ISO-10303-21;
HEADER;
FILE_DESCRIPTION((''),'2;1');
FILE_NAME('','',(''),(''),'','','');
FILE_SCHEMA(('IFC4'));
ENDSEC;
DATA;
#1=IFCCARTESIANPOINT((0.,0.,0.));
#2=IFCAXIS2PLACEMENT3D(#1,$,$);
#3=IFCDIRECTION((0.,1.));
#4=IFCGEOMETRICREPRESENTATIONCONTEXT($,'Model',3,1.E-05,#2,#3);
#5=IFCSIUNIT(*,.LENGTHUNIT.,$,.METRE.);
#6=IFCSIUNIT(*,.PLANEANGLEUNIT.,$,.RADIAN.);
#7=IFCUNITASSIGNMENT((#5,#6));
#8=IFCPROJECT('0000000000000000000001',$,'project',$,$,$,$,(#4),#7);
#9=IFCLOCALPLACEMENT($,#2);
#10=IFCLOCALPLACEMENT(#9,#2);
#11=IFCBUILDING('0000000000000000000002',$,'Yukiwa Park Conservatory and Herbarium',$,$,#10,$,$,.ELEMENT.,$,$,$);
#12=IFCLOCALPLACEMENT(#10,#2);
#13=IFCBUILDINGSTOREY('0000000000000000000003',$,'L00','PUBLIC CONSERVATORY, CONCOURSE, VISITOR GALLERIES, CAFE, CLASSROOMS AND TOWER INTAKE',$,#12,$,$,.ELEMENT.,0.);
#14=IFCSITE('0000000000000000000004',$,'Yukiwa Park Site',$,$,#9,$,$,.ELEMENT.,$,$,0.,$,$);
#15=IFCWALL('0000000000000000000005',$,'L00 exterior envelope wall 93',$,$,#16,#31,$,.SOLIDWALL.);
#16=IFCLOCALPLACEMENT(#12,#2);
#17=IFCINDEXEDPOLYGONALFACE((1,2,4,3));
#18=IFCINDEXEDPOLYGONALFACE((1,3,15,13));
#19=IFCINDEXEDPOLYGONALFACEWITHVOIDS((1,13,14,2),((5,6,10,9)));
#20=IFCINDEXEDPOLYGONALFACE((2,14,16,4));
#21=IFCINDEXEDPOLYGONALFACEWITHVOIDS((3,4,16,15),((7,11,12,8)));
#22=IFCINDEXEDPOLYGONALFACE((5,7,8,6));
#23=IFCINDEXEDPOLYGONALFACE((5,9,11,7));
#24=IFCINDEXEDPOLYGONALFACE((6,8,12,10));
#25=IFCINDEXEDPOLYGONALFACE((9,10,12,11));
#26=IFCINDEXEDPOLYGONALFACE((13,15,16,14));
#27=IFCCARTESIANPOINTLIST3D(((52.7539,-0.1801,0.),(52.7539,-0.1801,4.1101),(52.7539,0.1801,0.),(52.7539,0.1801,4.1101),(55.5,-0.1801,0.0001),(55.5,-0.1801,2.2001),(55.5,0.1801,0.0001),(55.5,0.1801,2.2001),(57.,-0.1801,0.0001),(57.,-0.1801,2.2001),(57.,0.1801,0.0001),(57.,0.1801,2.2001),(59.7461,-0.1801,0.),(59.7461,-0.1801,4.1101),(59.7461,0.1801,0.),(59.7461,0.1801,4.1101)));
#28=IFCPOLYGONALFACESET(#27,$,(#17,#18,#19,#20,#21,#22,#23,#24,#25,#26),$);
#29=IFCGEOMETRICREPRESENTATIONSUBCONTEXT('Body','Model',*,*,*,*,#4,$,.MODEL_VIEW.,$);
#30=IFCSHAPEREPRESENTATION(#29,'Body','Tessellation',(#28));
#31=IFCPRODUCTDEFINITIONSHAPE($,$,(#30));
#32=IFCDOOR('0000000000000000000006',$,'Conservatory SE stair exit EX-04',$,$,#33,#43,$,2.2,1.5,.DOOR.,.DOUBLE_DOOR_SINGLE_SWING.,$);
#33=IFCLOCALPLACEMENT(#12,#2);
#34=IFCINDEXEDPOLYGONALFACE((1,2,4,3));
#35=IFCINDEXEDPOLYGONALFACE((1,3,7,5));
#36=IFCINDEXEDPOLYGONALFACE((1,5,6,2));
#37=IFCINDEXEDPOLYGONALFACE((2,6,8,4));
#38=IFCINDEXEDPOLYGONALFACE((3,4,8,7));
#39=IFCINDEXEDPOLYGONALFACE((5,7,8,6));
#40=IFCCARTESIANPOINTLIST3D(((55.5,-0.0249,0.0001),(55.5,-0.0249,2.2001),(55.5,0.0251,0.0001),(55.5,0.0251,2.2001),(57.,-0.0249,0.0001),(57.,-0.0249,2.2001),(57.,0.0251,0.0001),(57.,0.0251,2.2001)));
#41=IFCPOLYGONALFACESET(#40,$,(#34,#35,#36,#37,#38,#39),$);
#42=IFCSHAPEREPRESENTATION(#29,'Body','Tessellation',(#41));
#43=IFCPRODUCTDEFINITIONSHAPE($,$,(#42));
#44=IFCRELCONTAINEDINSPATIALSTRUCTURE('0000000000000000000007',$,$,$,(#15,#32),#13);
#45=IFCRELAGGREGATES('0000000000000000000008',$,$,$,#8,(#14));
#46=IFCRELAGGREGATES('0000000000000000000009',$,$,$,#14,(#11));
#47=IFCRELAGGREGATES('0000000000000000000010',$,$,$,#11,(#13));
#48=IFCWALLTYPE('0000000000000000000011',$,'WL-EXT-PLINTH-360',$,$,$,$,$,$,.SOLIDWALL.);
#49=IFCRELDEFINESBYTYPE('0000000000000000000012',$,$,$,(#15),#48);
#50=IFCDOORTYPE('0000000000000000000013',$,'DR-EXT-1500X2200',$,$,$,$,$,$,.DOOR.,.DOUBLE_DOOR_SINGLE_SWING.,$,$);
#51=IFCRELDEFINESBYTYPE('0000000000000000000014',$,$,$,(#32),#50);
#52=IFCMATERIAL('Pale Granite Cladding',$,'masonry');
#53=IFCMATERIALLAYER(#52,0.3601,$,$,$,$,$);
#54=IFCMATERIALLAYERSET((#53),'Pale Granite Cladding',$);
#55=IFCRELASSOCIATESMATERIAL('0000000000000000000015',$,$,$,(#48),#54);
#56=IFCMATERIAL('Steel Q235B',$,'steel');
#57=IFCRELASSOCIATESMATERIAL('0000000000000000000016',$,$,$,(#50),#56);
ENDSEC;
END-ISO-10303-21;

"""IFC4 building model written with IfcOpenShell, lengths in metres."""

from ifc_helpers import new_model, si_unit, direction, frame, frame_2d, origin, place, context, subcontext, project, spatial, rectangle, extrude, material, layer, layer_set, type_object, element, fill, save


model = new_model("IFC4")

# Units and contexts
model_context = context("Model", 3, precision=1e-05, world=origin(), true_north=direction((0.0, 1.0)))
body_context = subcontext(model_context, "Body", "Model", "MODEL_VIEW")
ifc_project = project(units=[si_unit("LENGTHUNIT", "METRE"), si_unit("PLANEANGLEUNIT", "RADIAN")], contexts=[model_context])

# Site, building, storey
site_placement = place(None, origin())
site = spatial("IfcSite", under=ifc_project, at=site_placement, Name="Yukiwa Park Site", CompositionType="ELEMENT", RefElevation=0.0)
building_placement = place(site_placement, origin())
building = spatial("IfcBuilding", under=site, at=building_placement, Name="Yukiwa Park Conservatory and Herbarium", CompositionType="ELEMENT")
storey_placement = place(building_placement, origin())
storey = spatial("IfcBuildingStorey", under=building, at=storey_placement, Name="L00", Description="PUBLIC CONSERVATORY, CONCOURSE, VISITOR GALLERIES, CAFE, CLASSROOMS AND TOWER INTAKE", CompositionType="ELEMENT", Elevation=0.0)

# Wall, opening, door
ifc_material_1 = material(Name="Pale Granite Cladding", Category="masonry")
ifc_layer_1 = layer(ifc_material_1, 0.3601)
ifc_layer_set_1 = layer_set([ifc_layer_1], Name="Pale Granite Cladding")
wall_type = type_object("IfcWallType", Name="WL-EXT-PLINTH-360", PredefinedType="SOLIDWALL", material=ifc_layer_set_1)
wall_placement = place(storey_placement, frame((52.7539, 0.0, 0.0), z_axis=(0.0, 0.0, 1.0), x_axis=(1.0, 0.0, 0.0)))
wall = element("IfcWall", 1, at=wall_placement, inside=storey, type_object=wall_type, Name="L00 exterior envelope wall 93", PredefinedType="SOLIDWALL", context=body_context, shape_type="SweptSolid", body=[
    extrude(rectangle(XDim=6.9922, YDim=0.3601, at=frame_2d((3.4961, 0.0))), origin(), (0.0, 0.0, 1.0), 4.1101),
])
opening_placement = place(wall_placement, frame((2.7461, 0.0, 0.0)))
opening = element("IfcOpeningElement", 2, at=opening_placement, cuts=wall, PredefinedType="OPENING", context=body_context, shape_type="SweptSolid", body=[
    extrude(rectangle(XDim=1.5, YDim=2.2, at=frame_2d((0.75, 1.1001))), frame((0.0, 0.1899, 0.0), z_axis=(0.0, -1.0, 0.0), x_axis=(1.0, 0.0, 0.0)), (0.0, 0.0, 1.0), 0.3801),
])
ifc_material_2 = material(Name="Steel Q235B", Category="steel")
door_type = type_object("IfcDoorType", Name="DR-EXT-1500X2200", OperationType="DOUBLE_DOOR_SINGLE_SWING", PredefinedType="DOOR", material=ifc_material_2)
door_placement = place(opening_placement, frame((1.5, 0.0, 0.0), z_axis=(0.0, 0.0, 1.0), x_axis=(-1.0, 0.0, 0.0)))
door = element("IfcDoor", 3, at=door_placement, inside=storey, type_object=door_type, Name="Conservatory SE stair exit EX-04", OperationType="DOUBLE_DOOR_SINGLE_SWING", OverallHeight=2.2, OverallWidth=1.5, PredefinedType="DOOR", context=body_context, shape_type="SweptSolid", body=[
    extrude(rectangle(XDim=1.5, YDim=2.2, at=frame_2d((0.75, 1.1001))), frame((0.0, 0.0249, 0.0), z_axis=(0.0, -1.0, 0.0), x_axis=(1.0, 0.0, 0.0)), (0.0, 0.0, 1.0), 0.05),
])
fill(opening, door)

save(model, "model.ifc")
